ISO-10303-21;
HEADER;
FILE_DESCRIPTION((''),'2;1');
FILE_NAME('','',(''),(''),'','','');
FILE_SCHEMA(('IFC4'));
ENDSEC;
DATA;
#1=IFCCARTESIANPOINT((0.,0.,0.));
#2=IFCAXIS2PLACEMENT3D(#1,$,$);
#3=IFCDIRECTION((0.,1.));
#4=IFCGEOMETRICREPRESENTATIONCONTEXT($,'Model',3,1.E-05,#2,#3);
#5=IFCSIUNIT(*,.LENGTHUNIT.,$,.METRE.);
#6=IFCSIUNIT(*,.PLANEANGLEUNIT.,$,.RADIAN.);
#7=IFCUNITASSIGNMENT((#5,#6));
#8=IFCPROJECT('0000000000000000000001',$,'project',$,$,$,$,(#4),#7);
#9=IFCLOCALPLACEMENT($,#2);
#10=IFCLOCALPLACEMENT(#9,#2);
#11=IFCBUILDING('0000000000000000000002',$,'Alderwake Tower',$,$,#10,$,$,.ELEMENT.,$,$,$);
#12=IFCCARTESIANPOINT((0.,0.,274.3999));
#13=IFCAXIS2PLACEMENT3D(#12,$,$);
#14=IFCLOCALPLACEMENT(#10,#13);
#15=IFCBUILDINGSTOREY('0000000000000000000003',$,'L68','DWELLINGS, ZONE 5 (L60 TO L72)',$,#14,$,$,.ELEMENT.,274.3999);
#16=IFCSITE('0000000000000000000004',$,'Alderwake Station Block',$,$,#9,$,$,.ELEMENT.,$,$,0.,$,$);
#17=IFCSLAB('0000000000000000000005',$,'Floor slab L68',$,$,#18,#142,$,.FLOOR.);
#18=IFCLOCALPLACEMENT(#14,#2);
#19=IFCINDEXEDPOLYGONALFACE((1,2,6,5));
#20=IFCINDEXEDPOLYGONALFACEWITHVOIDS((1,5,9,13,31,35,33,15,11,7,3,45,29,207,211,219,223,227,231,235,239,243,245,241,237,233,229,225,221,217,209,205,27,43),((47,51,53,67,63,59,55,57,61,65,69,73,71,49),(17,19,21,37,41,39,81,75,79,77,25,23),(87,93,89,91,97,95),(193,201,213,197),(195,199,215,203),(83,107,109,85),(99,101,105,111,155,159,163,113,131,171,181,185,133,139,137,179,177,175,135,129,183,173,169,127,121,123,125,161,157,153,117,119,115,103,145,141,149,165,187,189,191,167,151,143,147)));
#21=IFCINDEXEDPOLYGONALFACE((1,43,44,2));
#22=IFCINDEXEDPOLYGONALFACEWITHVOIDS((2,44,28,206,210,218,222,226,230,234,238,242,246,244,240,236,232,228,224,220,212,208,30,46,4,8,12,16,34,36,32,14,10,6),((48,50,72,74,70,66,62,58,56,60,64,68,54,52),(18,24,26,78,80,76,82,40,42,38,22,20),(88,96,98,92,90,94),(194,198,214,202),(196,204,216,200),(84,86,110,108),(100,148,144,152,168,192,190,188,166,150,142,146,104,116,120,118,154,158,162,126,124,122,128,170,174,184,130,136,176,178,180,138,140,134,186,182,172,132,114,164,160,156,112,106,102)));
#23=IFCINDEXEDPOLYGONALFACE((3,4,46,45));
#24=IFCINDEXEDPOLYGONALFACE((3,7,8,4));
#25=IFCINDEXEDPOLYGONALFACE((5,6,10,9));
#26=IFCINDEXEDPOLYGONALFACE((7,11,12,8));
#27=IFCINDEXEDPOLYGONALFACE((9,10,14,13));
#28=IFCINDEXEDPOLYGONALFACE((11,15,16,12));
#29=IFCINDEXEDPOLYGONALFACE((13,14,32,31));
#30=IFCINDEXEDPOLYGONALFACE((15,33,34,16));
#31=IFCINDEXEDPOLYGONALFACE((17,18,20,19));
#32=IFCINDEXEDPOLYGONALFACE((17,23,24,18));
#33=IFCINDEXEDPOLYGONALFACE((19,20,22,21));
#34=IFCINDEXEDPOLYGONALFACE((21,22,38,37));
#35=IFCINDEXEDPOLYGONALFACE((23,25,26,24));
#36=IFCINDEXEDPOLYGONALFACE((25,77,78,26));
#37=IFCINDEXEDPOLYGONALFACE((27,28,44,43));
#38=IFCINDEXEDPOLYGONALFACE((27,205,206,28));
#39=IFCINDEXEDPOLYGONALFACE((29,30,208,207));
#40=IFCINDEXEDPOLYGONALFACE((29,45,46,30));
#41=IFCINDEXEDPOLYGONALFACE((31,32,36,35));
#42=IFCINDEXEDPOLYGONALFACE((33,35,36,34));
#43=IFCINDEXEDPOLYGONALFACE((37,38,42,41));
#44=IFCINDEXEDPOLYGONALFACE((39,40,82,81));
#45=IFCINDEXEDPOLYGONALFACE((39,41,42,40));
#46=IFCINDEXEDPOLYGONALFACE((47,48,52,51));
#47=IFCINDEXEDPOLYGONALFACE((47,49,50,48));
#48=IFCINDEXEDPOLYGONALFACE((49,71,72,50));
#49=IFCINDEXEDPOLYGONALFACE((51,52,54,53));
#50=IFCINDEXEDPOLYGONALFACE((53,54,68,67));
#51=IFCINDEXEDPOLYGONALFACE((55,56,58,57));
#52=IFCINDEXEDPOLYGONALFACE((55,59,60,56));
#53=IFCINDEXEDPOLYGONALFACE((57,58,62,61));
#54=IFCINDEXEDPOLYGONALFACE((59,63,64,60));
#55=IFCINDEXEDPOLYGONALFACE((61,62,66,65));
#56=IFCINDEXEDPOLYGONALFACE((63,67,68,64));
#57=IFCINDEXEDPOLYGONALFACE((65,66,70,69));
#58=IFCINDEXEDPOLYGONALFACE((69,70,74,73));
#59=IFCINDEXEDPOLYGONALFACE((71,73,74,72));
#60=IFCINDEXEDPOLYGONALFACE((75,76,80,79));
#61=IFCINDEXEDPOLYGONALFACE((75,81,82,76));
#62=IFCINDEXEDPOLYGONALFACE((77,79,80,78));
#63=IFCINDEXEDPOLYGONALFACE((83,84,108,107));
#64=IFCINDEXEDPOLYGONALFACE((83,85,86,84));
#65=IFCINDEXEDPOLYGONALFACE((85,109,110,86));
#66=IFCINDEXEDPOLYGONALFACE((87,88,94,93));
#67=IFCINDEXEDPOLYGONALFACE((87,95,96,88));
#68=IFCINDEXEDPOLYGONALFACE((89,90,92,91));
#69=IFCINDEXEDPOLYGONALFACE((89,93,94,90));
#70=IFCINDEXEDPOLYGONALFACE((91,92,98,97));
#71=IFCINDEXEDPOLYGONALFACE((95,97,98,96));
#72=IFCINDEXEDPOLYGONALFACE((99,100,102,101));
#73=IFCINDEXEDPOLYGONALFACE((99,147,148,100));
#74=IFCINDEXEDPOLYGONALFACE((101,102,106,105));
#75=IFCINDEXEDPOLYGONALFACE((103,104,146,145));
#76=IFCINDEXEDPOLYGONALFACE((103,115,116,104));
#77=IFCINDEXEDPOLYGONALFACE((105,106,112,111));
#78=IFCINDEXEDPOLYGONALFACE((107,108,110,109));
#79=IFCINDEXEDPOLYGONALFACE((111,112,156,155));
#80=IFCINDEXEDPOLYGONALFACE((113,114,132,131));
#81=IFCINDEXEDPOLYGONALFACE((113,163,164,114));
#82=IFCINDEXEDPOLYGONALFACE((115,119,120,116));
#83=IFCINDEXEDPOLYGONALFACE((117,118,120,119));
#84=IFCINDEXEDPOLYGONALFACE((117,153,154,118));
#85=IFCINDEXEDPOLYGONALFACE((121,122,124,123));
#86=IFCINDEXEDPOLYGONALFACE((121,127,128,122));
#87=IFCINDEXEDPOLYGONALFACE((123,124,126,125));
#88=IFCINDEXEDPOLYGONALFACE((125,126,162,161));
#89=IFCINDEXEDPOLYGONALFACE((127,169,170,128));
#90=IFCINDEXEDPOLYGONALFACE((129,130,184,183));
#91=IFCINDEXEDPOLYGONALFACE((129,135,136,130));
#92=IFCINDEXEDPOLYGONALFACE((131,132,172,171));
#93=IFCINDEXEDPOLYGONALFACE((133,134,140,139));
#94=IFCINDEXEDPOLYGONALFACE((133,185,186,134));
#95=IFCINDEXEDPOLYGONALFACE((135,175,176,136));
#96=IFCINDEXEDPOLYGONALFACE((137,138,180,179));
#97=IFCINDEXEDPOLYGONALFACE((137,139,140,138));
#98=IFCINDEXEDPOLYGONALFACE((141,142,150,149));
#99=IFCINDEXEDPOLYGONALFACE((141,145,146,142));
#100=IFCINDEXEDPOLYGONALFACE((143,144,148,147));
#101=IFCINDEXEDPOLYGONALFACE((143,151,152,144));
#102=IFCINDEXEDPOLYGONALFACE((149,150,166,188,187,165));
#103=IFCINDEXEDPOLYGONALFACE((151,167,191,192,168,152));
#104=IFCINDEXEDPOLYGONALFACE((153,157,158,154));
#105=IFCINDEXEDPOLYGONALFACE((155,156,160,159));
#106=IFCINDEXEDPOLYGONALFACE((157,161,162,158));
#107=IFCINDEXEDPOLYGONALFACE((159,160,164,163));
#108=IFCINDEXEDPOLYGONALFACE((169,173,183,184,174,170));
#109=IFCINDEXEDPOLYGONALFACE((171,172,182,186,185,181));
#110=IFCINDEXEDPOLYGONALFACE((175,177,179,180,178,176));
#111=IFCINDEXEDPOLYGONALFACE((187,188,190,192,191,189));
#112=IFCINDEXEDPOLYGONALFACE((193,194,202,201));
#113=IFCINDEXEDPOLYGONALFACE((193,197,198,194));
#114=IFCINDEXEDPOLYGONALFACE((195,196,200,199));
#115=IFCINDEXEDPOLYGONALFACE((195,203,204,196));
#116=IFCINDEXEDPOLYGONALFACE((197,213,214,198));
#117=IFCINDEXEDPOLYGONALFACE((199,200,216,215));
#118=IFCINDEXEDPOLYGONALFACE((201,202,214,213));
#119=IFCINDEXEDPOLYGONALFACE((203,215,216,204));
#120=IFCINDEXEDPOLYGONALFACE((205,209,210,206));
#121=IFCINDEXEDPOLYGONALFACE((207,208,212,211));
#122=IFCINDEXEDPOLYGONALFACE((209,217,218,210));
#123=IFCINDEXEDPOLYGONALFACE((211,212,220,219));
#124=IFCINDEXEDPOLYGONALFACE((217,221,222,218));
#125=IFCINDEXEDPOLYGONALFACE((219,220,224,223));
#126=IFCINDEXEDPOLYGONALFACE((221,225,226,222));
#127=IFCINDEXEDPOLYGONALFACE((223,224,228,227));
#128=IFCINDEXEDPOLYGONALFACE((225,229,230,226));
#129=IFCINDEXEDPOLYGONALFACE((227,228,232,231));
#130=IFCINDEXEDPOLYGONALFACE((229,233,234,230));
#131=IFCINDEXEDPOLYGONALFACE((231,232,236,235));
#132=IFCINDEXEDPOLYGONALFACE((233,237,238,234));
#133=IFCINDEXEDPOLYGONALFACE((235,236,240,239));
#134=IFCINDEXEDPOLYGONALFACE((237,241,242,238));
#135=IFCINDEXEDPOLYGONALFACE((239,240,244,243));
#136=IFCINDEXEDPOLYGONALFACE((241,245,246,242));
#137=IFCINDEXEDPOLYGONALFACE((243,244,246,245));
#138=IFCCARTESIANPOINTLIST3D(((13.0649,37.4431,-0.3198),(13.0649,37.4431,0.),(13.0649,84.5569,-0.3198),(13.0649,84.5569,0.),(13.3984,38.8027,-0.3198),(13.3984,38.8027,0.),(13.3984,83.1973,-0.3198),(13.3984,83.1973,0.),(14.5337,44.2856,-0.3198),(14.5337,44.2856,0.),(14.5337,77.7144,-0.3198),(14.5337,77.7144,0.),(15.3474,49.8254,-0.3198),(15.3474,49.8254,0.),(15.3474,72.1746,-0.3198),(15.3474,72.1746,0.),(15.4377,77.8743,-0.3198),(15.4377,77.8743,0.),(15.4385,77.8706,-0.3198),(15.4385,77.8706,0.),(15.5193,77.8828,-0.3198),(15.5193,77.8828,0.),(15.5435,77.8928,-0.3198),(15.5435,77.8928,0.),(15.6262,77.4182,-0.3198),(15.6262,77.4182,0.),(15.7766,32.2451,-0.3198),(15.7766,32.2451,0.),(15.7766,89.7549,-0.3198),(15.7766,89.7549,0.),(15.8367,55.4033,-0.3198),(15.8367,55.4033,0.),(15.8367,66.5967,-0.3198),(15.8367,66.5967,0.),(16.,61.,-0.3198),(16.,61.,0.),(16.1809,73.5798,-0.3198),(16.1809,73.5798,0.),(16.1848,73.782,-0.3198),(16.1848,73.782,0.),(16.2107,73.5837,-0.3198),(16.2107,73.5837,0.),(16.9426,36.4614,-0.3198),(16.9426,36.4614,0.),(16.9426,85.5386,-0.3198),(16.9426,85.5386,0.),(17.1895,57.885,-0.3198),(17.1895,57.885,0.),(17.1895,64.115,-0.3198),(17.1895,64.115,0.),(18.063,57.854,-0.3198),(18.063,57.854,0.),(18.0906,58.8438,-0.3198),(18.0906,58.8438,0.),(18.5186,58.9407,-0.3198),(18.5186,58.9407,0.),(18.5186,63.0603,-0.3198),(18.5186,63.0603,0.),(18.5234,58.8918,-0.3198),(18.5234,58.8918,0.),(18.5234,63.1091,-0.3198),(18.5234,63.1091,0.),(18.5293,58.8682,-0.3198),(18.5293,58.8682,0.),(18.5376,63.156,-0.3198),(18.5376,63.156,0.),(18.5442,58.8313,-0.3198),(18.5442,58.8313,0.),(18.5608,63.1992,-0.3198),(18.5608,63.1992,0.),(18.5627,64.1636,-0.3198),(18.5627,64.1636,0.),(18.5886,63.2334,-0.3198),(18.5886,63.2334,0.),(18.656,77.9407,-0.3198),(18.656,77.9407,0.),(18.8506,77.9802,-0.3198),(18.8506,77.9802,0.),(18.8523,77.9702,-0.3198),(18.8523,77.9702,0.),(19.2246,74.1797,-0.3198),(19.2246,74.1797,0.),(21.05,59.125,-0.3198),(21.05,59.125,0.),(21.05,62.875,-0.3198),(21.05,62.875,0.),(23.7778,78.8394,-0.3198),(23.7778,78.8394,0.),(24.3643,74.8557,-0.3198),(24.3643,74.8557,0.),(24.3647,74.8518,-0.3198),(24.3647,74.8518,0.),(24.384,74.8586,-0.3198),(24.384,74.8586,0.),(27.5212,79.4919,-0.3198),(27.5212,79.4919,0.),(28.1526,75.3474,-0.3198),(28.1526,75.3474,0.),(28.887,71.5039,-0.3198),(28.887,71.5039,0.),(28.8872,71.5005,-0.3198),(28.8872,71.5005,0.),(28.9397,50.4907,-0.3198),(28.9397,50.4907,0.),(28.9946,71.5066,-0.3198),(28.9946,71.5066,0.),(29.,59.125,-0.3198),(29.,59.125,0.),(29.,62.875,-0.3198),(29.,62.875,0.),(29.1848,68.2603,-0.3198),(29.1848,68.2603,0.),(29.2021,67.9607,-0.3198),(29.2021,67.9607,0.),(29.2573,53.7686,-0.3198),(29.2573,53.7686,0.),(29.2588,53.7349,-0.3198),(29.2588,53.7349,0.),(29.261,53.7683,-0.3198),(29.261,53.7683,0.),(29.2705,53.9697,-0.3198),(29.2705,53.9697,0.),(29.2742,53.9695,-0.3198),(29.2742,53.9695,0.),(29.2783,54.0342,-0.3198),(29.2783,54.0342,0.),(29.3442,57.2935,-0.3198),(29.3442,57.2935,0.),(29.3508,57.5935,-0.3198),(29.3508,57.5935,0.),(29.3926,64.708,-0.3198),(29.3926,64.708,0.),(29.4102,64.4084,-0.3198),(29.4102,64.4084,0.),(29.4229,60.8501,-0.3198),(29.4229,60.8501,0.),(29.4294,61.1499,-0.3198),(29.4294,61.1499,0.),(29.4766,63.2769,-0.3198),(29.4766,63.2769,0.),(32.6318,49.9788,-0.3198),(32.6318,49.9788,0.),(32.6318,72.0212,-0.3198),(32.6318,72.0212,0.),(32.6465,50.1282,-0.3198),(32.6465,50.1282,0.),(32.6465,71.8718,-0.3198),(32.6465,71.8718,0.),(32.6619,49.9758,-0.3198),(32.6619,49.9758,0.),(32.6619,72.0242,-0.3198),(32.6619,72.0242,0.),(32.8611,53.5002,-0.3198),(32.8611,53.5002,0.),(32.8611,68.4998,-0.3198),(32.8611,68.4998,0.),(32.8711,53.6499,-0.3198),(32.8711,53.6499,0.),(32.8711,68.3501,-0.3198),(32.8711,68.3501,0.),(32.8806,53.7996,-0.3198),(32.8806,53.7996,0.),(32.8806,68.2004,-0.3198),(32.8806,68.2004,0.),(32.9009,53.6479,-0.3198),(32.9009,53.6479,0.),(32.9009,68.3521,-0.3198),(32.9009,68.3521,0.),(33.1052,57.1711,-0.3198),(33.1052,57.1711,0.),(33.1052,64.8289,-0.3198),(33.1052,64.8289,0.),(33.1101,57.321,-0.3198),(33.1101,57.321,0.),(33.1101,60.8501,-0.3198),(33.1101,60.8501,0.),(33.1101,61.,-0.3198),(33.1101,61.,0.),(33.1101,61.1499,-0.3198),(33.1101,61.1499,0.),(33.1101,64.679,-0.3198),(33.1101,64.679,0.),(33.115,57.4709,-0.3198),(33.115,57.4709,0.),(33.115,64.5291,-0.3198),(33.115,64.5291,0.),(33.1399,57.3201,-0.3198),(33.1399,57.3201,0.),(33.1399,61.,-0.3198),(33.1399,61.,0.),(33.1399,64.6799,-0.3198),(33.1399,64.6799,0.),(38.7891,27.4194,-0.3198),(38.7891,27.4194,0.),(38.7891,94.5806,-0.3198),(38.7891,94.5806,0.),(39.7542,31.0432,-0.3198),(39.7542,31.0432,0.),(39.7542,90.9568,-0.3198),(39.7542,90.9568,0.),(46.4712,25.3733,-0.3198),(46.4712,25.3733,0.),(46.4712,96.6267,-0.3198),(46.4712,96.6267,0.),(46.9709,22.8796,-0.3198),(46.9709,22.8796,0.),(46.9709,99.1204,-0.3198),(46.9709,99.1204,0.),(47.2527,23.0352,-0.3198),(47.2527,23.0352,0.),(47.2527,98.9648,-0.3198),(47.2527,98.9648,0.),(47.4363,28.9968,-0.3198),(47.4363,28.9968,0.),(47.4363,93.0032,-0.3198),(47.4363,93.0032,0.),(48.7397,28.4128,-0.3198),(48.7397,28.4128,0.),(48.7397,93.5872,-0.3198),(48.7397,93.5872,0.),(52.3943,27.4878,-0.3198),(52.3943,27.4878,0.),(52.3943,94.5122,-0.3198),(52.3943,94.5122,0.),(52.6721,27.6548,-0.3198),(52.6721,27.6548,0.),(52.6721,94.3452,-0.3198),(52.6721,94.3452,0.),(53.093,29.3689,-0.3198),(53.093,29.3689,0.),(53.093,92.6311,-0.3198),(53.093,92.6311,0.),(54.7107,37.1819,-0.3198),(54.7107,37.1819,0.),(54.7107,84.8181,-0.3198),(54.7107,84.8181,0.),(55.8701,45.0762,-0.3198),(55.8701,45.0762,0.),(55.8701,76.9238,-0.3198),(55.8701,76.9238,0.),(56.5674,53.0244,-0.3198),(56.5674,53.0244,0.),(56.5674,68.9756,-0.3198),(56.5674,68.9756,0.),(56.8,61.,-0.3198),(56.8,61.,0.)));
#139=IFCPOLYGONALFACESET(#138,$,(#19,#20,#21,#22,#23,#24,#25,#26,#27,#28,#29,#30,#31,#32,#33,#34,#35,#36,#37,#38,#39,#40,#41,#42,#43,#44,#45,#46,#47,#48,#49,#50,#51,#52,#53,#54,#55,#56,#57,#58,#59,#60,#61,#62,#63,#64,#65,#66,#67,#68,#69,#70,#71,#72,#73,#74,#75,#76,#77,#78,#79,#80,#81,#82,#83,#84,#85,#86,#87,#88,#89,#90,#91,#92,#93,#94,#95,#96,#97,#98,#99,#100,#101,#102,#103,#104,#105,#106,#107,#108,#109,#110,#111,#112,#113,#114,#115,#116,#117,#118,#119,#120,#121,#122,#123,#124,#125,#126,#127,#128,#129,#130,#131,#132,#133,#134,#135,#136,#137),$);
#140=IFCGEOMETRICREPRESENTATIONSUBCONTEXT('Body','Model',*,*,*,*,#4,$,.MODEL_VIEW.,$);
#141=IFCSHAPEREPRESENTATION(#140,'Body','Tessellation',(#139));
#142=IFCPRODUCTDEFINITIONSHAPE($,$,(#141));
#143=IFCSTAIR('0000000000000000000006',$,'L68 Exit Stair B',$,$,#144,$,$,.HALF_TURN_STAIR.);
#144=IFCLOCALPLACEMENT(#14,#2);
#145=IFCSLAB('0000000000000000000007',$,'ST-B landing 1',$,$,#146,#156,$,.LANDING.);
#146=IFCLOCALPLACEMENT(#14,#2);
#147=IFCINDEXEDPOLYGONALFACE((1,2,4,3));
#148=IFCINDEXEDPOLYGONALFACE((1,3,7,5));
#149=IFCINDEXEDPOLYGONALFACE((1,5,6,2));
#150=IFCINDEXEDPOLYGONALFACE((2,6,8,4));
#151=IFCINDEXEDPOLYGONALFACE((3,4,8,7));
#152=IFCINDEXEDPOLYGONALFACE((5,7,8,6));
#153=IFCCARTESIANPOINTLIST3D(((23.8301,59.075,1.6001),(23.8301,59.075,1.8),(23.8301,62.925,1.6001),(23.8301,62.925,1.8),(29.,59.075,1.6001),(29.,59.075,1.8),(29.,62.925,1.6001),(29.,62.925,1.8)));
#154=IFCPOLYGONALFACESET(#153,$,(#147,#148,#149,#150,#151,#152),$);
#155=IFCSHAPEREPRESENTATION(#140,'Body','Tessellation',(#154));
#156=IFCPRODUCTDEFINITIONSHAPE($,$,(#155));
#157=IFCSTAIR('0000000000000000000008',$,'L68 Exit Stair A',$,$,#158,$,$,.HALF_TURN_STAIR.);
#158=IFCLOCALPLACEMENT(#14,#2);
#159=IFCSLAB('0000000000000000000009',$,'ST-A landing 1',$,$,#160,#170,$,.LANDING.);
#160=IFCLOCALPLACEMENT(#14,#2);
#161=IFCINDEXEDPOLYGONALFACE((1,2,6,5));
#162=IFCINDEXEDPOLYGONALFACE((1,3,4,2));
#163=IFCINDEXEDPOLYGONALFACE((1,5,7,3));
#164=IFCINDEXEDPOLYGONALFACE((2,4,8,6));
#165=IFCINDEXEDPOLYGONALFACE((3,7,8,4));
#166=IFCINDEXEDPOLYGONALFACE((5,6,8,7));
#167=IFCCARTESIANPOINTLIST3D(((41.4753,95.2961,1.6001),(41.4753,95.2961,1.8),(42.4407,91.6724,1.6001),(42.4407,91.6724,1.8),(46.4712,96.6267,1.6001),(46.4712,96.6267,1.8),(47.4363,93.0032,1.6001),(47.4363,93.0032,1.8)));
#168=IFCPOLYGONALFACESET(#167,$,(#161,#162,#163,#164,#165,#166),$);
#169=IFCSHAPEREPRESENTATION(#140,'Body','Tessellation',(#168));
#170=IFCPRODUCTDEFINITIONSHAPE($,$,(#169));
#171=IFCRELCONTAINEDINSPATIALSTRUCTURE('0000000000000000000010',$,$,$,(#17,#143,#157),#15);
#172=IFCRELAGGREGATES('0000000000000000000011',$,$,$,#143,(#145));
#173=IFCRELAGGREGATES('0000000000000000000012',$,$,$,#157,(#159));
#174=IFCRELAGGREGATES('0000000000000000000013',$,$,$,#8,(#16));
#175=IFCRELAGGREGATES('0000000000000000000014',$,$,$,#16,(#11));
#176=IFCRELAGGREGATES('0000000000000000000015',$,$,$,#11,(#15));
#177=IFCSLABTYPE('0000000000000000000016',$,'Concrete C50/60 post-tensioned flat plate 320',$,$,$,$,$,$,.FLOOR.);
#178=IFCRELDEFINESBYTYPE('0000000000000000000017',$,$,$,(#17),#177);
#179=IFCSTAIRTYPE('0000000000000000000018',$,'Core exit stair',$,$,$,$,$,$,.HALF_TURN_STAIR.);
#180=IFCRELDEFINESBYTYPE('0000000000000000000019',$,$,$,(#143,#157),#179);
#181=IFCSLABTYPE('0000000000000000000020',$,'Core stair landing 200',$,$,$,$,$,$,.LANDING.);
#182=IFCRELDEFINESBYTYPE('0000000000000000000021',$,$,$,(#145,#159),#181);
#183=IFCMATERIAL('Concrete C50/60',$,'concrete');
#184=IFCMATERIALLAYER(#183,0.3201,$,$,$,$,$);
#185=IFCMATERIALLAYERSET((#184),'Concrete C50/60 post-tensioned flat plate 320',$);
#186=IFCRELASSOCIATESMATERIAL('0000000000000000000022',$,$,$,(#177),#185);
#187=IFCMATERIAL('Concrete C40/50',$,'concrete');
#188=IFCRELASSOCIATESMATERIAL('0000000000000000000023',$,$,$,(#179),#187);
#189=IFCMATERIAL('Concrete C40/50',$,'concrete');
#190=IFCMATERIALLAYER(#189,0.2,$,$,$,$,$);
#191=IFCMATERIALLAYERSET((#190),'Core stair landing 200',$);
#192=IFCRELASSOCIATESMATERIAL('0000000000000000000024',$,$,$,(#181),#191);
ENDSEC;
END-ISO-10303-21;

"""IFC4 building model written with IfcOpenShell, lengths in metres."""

from ifc_helpers import new_model, si_unit, direction, frame, origin, place, context, subcontext, project, spatial, polyline, outline, extrude, material, layer, layer_set, type_object, element, aggregate, save


model = new_model("IFC4")

# Units and contexts
model_context = context("Model", 3, precision=1e-05, world=origin(), true_north=direction((0.0, 1.0)))
body_context = subcontext(model_context, "Body", "Model", "MODEL_VIEW")
ifc_project = project(units=[si_unit("LENGTHUNIT", "METRE"), si_unit("PLANEANGLEUNIT", "RADIAN")], contexts=[model_context])

# Site, building, storey
site_placement = place(None, origin())
site = spatial("IfcSite", under=ifc_project, at=site_placement, Name="Alderwake Station Block", CompositionType="ELEMENT", RefElevation=0.0)
building_placement = place(site_placement, origin())
building = spatial("IfcBuilding", under=site, at=building_placement, Name="Alderwake Tower", CompositionType="ELEMENT")
storey_placement = place(building_placement, frame((0.0, 0.0, 274.3999)))
storey = spatial("IfcBuildingStorey", under=building, at=storey_placement, Name="L68", Description="DWELLINGS, ZONE 5 (L60 TO L72)", CompositionType="ELEMENT", Elevation=274.3999)

# Slab
ifc_material_1 = material(Name="Concrete C50/60", Category="concrete")
ifc_layer_1 = layer(ifc_material_1, 0.3201)
ifc_layer_set_1 = layer_set([ifc_layer_1], Name="Concrete C50/60 post-tensioned flat plate 320")
slab_type_1 = type_object("IfcSlabType", Name="Concrete C50/60 post-tensioned flat plate 320", PredefinedType="FLOOR", material=ifc_layer_set_1)
slab_1_placement = place(storey_placement, frame((0.0, 0.0, -0.3198)))
element("IfcSlab", 1, at=slab_1_placement, inside=storey, type_object=slab_type_1, Name="Floor slab L68", PredefinedType="FLOOR", context=body_context, shape_type="SweptSolid", body=[
    extrude(outline(polyline([(13.0649, 37.4431), (13.3984, 38.8027), (14.5337, 44.2856), (15.3474, 49.8254), (15.8367, 55.4033), (16.0, 61.0), (15.8367, 66.5967), (15.3474, 72.1746), (14.5337, 77.7144), (13.3984, 83.1973), (13.0649, 84.5569), (16.9426, 85.5386), (15.7766, 89.7549), (46.9709, 99.1204), (47.2527, 98.9648), (48.7397, 93.5872), (52.3943, 94.5122), (52.6721, 94.3452), (53.093, 92.6311), (54.7107, 84.8181), (55.8701, 76.9238), (56.5674, 68.9756), (56.8, 61.0), (56.5674, 53.0244), (55.8701, 45.0762), (54.7107, 37.1819), (53.093, 29.3689), (52.6721, 27.6548), (52.3943, 27.4878), (48.7397, 28.4128), (47.2527, 23.0352), (46.9709, 22.8796), (15.7766, 32.2451), (16.9426, 36.4614), (13.0649, 37.4431)]), holes=[polyline([(29.2573, 53.7686), (28.9397, 50.4907), (32.6465, 50.1282), (32.6318, 49.9788), (32.6619, 49.9758), (32.9009, 53.6479), (33.1399, 57.3201), (33.1399, 61.0), (33.1399, 64.6799), (32.9009, 68.3521), (32.6619, 72.0242), (32.6318, 72.0212), (32.6465, 71.8718), (28.887, 71.5039), (28.8872, 71.5005), (28.9946, 71.5066), (29.1848, 68.2603), (32.8611, 68.4998), (32.8711, 68.3501), (32.8806, 68.2004), (29.2021, 67.9607), (29.3926, 64.708), (33.1052, 64.8289), (33.1101, 64.679), (33.115, 64.5291), (29.4102, 64.4084), (29.4766, 63.2769), (29.4294, 61.1499), (33.1101, 61.1499), (33.1101, 61.0), (33.1101, 60.8501), (29.4229, 60.8501), (29.3508, 57.5935), (33.115, 57.4709), (33.1101, 57.321), (33.1052, 57.1711), (29.3442, 57.2935), (29.2705, 53.9697), (29.2742, 53.9695), (29.2783, 54.0342), (32.8806, 53.7996), (32.8711, 53.6499), (32.8611, 53.5002), (29.2588, 53.7349), (29.261, 53.7683), (29.2573, 53.7686)]), polyline([(21.05, 62.875), (21.05, 59.125), (29.0, 59.125), (29.0, 62.875), (21.05, 62.875)]), polyline([(15.5435, 77.8928), (15.4377, 77.8743), (15.4385, 77.8706), (15.5193, 77.8828), (16.1809, 73.5798), (16.2107, 73.5837), (16.1848, 73.782), (19.2246, 74.1797), (18.656, 77.9407), (18.8523, 77.9702), (18.8506, 77.9802), (15.6262, 77.4182), (15.5435, 77.8928)]), polyline([(27.5212, 79.4919), (23.7778, 78.8394), (24.384, 74.8586), (24.3643, 74.8557), (24.3647, 74.8518), (28.1526, 75.3474), (27.5212, 79.4919)]), polyline([(47.4363, 28.9968), (39.7542, 31.0432), (38.7891, 27.4194), (46.4712, 25.3733), (47.4363, 28.9968)]), polyline([(46.4712, 96.6267), (38.7891, 94.5806), (39.7542, 90.9568), (47.4363, 93.0032), (46.4712, 96.6267)]), polyline([(17.1895, 64.115), (17.1895, 57.885), (18.063, 57.854), (18.0906, 58.8438), (18.5442, 58.8313), (18.5293, 58.8682), (18.5234, 58.8918), (18.5186, 58.9407), (18.5186, 63.0603), (18.5234, 63.1091), (18.5376, 63.156), (18.5608, 63.1992), (18.5886, 63.2334), (18.5627, 64.1636), (17.1895, 64.115)])]), origin(), (0.0, 0.0, 1.0), 0.3198),
])

# Stairs, slabs
ifc_material_2 = material(Name="Concrete C40/50", Category="concrete")
stair_type = type_object("IfcStairType", Name="Core exit stair", PredefinedType="HALF_TURN_STAIR", material=ifc_material_2)
stair_1_placement = place(storey_placement, origin())
stair_1 = element("IfcStair", 2, at=stair_1_placement, inside=storey, type_object=stair_type, Name="L68 Exit Stair B", PredefinedType="HALF_TURN_STAIR")
ifc_material_3 = material(Name="Concrete C40/50", Category="concrete")
ifc_layer_2 = layer(ifc_material_3, 0.2)
ifc_layer_set_2 = layer_set([ifc_layer_2], Name="Core stair landing 200")
slab_type_2 = type_object("IfcSlabType", Name="Core stair landing 200", PredefinedType="LANDING", material=ifc_layer_set_2)
slab_2_placement = place(storey_placement, frame((0.0, 0.0, 1.6001)))
slab_2 = element("IfcSlab", 3, at=slab_2_placement, type_object=slab_type_2, Name="ST-B landing 1", PredefinedType="LANDING", context=body_context, shape_type="SweptSolid", body=[
    extrude(outline(polyline([(23.8301, 59.075), (29.0, 59.075), (29.0, 62.925), (23.8301, 62.925), (23.8301, 59.075)])), origin(), (0.0, 0.0, 1.0), 0.2),
])
aggregate(stair_1, [slab_2])
stair_2_placement = place(storey_placement, origin())
stair_2 = element("IfcStair", 4, at=stair_2_placement, inside=storey, type_object=stair_type, Name="L68 Exit Stair A", PredefinedType="HALF_TURN_STAIR")
slab_3_placement = place(storey_placement, frame((0.0, 0.0, 1.6001)))
slab_3 = element("IfcSlab", 5, at=slab_3_placement, type_object=slab_type_2, Name="ST-A landing 1", PredefinedType="LANDING", context=body_context, shape_type="SweptSolid", body=[
    extrude(outline(polyline([(42.4407, 91.6724), (47.4363, 93.0032), (46.4712, 96.6267), (41.4753, 95.2961), (42.4407, 91.6724)])), origin(), (0.0, 0.0, 1.0), 0.2),
])
aggregate(stair_2, [slab_3])

save(model, "model.ifc")
